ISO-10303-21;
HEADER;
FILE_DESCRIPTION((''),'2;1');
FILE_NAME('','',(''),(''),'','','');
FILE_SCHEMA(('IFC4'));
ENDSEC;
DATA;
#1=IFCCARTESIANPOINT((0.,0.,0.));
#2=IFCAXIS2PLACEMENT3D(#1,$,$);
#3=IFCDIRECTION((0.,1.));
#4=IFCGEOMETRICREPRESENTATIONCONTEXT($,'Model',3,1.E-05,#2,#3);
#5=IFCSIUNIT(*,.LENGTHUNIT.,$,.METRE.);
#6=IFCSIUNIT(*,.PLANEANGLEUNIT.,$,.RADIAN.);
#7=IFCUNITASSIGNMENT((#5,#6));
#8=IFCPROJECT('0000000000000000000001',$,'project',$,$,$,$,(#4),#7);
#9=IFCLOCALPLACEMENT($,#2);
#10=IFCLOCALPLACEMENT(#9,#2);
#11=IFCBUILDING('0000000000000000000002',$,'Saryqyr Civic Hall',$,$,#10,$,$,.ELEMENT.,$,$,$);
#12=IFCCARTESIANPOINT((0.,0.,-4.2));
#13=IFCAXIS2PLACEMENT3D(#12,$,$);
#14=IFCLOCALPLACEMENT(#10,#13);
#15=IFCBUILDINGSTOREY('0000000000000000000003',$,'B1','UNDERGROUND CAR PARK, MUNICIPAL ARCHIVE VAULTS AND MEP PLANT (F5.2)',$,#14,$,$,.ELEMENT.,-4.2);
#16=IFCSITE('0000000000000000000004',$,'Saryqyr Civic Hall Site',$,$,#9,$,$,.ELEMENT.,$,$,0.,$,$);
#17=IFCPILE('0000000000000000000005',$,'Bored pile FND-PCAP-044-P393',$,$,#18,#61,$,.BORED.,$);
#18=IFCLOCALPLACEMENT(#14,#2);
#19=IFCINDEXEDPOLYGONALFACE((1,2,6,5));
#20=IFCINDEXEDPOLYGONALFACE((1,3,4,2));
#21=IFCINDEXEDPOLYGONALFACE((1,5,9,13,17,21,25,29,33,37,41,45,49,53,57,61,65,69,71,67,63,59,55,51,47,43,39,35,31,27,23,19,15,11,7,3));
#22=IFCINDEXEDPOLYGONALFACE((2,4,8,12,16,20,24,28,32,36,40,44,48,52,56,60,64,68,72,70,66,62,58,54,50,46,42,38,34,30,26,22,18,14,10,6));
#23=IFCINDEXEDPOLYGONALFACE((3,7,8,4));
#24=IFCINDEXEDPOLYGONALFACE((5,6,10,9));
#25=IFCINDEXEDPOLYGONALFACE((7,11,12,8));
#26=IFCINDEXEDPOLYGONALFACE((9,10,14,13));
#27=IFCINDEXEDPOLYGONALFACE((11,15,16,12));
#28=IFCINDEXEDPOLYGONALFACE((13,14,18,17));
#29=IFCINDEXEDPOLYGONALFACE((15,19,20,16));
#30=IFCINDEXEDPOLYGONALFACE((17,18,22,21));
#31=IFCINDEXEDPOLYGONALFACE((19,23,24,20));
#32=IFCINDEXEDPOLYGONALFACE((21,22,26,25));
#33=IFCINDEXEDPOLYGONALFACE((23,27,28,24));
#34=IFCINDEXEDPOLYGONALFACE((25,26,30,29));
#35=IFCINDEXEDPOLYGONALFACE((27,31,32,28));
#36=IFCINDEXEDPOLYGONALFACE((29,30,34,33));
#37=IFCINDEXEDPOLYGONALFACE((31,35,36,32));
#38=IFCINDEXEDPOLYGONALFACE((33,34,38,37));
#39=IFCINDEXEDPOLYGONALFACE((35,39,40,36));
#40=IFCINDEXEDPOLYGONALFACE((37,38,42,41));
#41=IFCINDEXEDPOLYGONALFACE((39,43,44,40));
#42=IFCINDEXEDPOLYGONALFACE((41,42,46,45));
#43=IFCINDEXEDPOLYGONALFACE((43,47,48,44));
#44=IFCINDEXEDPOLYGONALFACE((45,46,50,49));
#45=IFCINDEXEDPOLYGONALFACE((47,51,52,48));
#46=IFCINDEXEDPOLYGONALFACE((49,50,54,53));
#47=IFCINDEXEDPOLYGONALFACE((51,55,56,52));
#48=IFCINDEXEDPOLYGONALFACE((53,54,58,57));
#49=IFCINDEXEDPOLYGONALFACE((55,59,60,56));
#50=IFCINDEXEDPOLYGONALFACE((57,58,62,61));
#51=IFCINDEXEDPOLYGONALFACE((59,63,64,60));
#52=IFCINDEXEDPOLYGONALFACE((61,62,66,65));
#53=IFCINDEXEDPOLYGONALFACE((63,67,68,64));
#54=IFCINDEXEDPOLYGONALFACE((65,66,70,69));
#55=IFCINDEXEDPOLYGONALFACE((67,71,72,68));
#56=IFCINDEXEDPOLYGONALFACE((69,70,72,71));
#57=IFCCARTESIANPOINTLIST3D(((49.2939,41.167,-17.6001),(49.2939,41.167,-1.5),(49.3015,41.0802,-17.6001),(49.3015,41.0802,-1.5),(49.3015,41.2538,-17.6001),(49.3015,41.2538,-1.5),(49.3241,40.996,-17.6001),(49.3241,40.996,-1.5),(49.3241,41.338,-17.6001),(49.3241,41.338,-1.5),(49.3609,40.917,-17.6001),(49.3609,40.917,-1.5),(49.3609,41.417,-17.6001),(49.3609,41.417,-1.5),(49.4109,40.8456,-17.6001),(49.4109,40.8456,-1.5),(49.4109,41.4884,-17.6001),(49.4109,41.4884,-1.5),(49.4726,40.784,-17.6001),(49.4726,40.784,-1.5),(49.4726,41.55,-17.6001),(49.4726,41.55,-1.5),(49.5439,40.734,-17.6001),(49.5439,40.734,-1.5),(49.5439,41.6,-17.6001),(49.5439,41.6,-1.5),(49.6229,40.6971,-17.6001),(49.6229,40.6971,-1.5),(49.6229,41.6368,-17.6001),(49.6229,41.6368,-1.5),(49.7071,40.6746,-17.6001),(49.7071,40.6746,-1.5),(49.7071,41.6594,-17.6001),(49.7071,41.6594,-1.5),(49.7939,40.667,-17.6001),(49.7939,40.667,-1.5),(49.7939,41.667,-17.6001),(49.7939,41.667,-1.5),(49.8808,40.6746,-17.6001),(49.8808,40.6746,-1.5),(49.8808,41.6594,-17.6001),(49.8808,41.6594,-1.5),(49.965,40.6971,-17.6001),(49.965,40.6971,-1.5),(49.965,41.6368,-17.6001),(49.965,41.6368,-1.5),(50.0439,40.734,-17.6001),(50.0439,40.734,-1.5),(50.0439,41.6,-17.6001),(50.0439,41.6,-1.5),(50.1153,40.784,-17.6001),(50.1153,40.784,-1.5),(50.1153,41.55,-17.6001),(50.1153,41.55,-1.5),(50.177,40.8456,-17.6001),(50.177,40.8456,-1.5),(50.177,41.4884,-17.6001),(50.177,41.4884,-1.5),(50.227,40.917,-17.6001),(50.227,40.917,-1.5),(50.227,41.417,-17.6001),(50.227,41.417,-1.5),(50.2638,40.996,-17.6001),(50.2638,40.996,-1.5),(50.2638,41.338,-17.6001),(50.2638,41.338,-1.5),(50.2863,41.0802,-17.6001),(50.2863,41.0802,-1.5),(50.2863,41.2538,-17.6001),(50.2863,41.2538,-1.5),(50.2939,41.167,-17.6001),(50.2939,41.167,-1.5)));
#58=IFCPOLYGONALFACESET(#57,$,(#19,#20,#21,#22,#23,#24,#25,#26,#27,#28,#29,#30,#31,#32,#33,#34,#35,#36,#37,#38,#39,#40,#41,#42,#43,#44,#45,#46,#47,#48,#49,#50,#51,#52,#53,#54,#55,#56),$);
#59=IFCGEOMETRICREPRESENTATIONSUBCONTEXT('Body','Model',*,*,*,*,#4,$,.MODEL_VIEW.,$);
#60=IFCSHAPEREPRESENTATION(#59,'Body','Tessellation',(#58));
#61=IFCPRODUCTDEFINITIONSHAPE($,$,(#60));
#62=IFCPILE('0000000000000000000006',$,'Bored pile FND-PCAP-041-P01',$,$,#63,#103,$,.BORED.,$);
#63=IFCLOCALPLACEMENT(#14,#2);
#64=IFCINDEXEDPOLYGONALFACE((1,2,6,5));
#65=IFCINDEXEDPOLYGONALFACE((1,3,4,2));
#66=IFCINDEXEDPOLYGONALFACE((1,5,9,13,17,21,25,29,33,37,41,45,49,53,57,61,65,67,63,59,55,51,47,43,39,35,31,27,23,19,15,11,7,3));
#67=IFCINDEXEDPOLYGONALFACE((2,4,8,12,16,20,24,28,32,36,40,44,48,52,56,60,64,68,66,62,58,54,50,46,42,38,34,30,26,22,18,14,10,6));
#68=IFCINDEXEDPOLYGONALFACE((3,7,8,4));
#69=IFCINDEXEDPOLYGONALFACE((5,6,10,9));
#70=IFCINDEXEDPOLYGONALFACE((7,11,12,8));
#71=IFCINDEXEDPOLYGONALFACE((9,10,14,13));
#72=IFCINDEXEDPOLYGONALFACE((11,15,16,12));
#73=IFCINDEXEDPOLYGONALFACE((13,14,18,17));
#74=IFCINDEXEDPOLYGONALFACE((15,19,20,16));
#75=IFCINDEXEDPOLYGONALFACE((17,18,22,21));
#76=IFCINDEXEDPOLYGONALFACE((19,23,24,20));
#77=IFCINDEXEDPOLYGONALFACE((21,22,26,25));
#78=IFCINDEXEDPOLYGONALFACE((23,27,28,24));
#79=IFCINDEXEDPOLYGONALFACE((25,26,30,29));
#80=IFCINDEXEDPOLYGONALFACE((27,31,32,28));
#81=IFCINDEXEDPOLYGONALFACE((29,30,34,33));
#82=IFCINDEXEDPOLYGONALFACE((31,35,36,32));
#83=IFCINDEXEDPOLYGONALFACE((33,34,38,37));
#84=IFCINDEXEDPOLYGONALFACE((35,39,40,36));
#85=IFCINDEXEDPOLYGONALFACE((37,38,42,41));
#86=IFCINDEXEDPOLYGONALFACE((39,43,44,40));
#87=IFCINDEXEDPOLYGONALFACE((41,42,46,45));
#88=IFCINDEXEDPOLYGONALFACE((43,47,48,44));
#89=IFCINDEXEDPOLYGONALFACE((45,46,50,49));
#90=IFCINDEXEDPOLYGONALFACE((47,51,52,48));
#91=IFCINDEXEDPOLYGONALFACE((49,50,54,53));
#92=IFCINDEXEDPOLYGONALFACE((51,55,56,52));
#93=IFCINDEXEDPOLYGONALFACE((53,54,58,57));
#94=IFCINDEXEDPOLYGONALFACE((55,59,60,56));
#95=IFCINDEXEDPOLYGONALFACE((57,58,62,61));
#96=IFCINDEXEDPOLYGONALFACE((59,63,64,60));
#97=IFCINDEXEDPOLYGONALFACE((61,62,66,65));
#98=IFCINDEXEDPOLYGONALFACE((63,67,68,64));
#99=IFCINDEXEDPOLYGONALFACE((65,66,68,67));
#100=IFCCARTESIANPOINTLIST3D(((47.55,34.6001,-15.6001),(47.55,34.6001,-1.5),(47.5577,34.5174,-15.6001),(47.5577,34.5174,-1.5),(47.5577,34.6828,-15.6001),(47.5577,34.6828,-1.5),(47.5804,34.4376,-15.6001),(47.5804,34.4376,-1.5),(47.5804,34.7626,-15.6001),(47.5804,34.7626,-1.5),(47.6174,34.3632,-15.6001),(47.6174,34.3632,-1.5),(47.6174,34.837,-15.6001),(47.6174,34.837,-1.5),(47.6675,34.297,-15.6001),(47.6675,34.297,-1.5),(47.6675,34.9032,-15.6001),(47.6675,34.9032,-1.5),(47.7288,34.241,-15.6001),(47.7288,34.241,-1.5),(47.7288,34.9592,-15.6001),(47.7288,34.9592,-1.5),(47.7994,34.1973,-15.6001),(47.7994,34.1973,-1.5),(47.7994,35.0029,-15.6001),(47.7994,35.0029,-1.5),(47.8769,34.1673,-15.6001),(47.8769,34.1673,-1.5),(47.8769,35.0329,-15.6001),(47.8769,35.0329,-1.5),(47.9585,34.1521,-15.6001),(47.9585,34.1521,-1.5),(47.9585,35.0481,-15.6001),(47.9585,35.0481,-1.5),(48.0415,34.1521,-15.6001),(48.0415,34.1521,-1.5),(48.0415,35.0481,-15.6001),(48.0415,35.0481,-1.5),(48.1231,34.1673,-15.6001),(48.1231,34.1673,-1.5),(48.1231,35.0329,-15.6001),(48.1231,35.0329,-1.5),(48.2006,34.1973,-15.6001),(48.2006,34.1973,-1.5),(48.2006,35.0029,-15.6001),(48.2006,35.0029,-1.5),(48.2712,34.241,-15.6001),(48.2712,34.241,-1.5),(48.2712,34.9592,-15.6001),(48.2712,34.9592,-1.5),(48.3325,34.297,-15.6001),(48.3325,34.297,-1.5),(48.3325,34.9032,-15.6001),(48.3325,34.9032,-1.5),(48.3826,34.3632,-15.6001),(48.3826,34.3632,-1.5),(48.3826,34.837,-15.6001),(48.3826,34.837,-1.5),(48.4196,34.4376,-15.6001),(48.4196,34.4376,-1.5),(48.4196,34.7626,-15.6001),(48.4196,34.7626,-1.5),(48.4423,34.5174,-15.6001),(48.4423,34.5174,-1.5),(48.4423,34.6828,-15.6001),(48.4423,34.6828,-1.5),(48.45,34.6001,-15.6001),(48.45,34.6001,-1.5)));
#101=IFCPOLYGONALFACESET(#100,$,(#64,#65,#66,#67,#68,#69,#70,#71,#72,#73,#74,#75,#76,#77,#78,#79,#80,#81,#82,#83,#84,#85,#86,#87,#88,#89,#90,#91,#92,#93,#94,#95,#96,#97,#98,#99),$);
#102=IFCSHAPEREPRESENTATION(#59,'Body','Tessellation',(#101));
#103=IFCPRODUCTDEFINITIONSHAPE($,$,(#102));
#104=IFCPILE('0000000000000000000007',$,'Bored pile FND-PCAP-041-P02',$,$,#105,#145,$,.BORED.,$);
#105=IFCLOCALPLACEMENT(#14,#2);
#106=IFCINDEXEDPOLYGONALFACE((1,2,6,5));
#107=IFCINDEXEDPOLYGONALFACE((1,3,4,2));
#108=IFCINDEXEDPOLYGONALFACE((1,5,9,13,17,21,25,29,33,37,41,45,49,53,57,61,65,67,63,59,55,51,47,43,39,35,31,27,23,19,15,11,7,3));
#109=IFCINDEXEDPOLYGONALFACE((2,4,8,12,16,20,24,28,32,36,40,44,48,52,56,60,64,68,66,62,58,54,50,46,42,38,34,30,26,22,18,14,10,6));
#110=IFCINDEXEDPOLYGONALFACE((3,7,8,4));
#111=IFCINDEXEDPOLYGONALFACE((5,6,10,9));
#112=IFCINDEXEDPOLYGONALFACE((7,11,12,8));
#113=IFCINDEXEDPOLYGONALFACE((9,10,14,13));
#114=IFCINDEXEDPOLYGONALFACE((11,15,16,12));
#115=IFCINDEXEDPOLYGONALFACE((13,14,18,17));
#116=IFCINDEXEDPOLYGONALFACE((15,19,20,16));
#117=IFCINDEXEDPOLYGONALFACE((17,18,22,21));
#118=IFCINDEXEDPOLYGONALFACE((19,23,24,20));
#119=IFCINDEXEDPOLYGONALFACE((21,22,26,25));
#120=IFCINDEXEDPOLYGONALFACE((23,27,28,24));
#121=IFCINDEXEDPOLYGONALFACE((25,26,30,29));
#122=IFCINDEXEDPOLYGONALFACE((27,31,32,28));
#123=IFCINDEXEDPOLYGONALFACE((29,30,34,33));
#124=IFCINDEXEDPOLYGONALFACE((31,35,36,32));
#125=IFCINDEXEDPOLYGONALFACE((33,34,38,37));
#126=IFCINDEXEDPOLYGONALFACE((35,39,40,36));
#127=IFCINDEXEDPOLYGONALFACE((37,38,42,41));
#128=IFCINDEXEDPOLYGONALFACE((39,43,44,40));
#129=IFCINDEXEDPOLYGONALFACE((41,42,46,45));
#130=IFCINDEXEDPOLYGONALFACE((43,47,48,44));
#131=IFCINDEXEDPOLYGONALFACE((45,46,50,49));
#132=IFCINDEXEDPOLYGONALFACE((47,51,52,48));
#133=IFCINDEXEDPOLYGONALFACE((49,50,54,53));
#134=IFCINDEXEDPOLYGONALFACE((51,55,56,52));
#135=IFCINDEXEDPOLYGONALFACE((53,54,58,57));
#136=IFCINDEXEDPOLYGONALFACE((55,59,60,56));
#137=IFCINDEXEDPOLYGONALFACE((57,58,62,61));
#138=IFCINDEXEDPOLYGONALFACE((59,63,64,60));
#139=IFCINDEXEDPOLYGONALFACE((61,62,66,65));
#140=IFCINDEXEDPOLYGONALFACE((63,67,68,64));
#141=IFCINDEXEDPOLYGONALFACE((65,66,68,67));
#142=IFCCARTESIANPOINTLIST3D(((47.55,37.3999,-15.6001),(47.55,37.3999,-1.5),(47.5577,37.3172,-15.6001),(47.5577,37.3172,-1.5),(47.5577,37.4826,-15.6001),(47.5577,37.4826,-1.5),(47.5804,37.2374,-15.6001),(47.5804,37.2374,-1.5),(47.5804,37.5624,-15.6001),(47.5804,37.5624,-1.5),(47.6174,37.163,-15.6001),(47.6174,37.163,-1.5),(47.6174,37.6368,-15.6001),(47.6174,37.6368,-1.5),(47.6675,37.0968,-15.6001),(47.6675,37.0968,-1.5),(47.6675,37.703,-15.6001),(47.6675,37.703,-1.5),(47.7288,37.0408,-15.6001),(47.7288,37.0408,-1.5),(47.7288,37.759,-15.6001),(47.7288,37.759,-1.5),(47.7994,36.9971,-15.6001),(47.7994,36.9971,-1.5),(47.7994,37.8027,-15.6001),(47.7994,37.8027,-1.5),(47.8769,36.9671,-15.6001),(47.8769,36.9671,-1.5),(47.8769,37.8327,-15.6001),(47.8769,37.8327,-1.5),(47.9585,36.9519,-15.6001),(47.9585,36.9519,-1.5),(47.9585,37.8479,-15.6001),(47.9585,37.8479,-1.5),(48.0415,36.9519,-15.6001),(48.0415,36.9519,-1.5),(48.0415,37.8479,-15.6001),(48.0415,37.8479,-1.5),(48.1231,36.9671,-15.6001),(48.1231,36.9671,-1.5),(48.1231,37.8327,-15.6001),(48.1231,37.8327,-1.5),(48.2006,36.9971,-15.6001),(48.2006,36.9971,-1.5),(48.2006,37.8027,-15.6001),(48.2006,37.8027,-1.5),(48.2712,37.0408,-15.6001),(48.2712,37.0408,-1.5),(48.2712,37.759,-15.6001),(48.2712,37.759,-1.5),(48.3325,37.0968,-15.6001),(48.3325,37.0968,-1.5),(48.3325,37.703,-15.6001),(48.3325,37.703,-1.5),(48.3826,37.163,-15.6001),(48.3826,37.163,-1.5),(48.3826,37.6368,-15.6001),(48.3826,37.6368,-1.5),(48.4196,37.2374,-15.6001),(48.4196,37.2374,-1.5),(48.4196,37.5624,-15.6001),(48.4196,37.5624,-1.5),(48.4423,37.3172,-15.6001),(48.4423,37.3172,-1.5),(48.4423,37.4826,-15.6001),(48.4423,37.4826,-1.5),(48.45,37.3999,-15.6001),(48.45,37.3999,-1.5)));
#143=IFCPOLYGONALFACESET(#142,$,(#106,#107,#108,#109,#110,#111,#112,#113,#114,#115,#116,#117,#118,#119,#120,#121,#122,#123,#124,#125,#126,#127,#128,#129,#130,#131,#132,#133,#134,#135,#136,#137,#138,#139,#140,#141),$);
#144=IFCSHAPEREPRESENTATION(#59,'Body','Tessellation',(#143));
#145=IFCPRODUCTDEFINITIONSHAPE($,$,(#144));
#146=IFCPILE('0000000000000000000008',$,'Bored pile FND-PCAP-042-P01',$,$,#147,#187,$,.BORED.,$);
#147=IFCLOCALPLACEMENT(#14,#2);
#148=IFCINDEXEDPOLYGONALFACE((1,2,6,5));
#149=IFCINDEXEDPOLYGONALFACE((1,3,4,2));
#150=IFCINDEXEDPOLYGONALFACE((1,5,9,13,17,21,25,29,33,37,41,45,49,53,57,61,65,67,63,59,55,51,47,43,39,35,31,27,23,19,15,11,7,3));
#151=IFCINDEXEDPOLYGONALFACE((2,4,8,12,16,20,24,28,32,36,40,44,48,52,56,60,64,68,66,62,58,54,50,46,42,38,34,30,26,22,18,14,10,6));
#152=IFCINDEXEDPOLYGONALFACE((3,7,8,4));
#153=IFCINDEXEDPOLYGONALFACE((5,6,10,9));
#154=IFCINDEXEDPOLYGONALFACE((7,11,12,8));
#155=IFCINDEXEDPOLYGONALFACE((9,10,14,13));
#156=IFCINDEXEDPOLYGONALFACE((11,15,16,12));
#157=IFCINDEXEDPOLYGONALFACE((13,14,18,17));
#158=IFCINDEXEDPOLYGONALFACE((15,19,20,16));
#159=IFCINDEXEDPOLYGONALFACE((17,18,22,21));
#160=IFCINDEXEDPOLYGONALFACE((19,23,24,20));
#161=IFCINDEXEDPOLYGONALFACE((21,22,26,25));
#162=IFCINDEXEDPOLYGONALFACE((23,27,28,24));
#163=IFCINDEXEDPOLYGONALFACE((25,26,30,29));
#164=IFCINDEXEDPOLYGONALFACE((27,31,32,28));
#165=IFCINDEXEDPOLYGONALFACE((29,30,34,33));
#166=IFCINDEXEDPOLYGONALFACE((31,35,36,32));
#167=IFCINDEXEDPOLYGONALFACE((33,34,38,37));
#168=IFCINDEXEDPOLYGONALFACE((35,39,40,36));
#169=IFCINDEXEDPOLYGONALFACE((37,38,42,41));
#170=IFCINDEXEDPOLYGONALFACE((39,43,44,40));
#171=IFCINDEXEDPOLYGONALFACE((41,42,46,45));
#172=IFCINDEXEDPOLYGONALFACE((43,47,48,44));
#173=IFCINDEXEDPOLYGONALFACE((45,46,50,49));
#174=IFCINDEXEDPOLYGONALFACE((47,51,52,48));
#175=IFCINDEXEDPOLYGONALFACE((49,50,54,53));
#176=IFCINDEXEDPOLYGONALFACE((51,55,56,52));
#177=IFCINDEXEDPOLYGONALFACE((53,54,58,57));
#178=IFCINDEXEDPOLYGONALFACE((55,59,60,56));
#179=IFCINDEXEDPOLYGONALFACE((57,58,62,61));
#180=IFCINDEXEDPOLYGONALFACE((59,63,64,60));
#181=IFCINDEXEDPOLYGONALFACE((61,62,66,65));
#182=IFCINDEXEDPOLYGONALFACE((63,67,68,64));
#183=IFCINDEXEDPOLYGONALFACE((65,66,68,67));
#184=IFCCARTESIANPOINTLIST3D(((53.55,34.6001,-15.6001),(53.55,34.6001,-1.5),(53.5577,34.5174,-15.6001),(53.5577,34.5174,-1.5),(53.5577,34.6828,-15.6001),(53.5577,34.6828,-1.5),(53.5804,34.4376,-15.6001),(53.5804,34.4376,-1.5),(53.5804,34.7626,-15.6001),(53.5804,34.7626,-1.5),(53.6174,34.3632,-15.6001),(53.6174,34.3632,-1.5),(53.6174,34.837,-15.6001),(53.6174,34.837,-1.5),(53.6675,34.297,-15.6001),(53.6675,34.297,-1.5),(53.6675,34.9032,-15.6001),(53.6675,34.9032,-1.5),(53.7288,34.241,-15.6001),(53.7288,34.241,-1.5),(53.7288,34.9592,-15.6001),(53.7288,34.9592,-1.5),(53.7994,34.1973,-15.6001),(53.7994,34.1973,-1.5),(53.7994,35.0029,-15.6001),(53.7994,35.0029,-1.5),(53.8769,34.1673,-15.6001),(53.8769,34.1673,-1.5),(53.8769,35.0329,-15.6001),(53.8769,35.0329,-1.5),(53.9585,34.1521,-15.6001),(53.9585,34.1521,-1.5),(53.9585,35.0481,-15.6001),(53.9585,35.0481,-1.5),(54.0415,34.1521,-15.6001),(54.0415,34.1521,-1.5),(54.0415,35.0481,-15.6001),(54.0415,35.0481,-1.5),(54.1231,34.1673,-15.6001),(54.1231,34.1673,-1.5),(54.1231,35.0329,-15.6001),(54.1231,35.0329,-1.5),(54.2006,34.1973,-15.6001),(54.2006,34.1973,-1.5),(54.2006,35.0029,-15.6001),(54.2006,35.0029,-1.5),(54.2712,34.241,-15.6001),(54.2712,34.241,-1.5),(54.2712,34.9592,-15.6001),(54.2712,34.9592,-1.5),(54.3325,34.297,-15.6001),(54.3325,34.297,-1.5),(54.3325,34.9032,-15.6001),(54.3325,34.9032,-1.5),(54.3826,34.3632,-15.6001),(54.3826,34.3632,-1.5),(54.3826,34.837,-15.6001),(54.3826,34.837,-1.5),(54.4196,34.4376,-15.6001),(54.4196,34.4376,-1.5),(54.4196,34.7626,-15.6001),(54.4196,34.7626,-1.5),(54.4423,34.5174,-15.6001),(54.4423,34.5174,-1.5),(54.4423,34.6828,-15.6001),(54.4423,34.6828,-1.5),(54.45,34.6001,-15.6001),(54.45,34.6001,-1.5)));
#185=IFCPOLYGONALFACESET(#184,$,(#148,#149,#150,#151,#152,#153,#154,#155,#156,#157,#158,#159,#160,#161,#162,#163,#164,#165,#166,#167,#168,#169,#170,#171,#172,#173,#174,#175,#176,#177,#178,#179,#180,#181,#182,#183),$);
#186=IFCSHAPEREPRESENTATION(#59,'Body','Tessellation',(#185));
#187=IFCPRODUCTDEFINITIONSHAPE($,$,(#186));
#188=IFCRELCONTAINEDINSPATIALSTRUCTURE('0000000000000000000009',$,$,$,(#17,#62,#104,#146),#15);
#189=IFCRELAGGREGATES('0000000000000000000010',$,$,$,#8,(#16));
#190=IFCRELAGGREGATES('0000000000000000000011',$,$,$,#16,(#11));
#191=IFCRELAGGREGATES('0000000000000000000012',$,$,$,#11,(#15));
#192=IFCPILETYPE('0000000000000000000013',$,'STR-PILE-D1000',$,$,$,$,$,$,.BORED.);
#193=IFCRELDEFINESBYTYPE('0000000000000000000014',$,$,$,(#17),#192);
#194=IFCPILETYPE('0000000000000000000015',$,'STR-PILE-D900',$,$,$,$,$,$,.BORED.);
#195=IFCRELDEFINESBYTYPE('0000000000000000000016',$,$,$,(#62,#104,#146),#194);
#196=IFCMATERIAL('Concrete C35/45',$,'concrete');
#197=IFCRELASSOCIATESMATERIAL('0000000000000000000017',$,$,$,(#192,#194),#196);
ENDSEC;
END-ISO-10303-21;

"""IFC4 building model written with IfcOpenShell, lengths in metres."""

from ifc_helpers import new_model, si_unit, direction, frame, origin, origin_2d, place, context, subcontext, project, spatial, circle, extrude, material, material_profile, profile_set, type_object, element, save


model = new_model("IFC4")

# Units and contexts
model_context = context("Model", 3, precision=1e-05, world=origin(), true_north=direction((0.0, 1.0)))
body_context = subcontext(model_context, "Body", "Model", "MODEL_VIEW")
ifc_project = project(units=[si_unit("LENGTHUNIT", "METRE"), si_unit("PLANEANGLEUNIT", "RADIAN")], contexts=[model_context])

# Site, building, storey
site_placement = place(None, origin())
site = spatial("IfcSite", under=ifc_project, at=site_placement, Name="Saryqyr Civic Hall Site", CompositionType="ELEMENT", RefElevation=0.0)
building_placement = place(site_placement, origin())
building = spatial("IfcBuilding", under=site, at=building_placement, Name="Saryqyr Civic Hall", CompositionType="ELEMENT")
storey_placement = place(building_placement, frame((0.0, 0.0, -4.2)))
storey = spatial("IfcBuildingStorey", under=building, at=storey_placement, Name="B1", Description="UNDERGROUND CAR PARK, MUNICIPAL ARCHIVE VAULTS AND MEP PLANT (F5.2)", CompositionType="ELEMENT", Elevation=-4.2)

# Shared definitions
ifc_material_1 = material(Name="Concrete C35/45", Category="concrete")

# Piles
ifc_material_profile_1 = material_profile(ifc_material_1, circle(Radius=0.5, at=origin_2d()), Name="BORED PILE D1000")
ifc_profile_set_1 = profile_set([ifc_material_profile_1], Name="Concrete C35/45")
pile_type_1 = type_object("IfcPileType", Name="STR-PILE-D1000", PredefinedType="BORED", material=ifc_profile_set_1)
for number, where, z_axis, x_axis, name in (
    (1, (49.7939, 41.167, -1.5), (0.0, 0.0, -1.0), (1.0, 0.0, 0.0), "Bored pile FND-PCAP-044-P393"),
):
    element("IfcPile", number, at=place(storey_placement, frame(where, z_axis=z_axis, x_axis=x_axis)), inside=storey, type_object=pile_type_1, Name=name, PredefinedType="BORED", context=body_context, shape_type="SweptSolid", body=[
        extrude(circle(Radius=0.5, at=origin_2d()), origin(), (0.0, 0.0, 1.0), 16.1001),
    ])
ifc_material_profile_2 = material_profile(ifc_material_1, circle(Radius=0.45, at=origin_2d()), Name="BORED PILE D900")
ifc_profile_set_2 = profile_set([ifc_material_profile_2], Name="Concrete C35/45")
pile_type_2 = type_object("IfcPileType", Name="STR-PILE-D900", PredefinedType="BORED", material=ifc_profile_set_2)
for number, where, z_axis, x_axis, name in (
    (2, (48.0, 34.6001, -1.5), (0.0, 0.0, -1.0), (1.0, 0.0, 0.0), "Bored pile FND-PCAP-041-P01"),
    (3, (48.0, 37.3999, -1.5), (0.0, 0.0, -1.0), (1.0, 0.0, 0.0), "Bored pile FND-PCAP-041-P02"),
    (4, (54.0, 34.6001, -1.5), (0.0, 0.0, -1.0), (1.0, 0.0, 0.0), "Bored pile FND-PCAP-042-P01"),
):
    element("IfcPile", number, at=place(storey_placement, frame(where, z_axis=z_axis, x_axis=x_axis)), inside=storey, type_object=pile_type_2, Name=name, PredefinedType="BORED", context=body_context, shape_type="SweptSolid", body=[
        extrude(circle(Radius=0.45, at=origin_2d()), origin(), (0.0, 0.0, 1.0), 14.1001),
    ])

save(model, "model.ifc")
